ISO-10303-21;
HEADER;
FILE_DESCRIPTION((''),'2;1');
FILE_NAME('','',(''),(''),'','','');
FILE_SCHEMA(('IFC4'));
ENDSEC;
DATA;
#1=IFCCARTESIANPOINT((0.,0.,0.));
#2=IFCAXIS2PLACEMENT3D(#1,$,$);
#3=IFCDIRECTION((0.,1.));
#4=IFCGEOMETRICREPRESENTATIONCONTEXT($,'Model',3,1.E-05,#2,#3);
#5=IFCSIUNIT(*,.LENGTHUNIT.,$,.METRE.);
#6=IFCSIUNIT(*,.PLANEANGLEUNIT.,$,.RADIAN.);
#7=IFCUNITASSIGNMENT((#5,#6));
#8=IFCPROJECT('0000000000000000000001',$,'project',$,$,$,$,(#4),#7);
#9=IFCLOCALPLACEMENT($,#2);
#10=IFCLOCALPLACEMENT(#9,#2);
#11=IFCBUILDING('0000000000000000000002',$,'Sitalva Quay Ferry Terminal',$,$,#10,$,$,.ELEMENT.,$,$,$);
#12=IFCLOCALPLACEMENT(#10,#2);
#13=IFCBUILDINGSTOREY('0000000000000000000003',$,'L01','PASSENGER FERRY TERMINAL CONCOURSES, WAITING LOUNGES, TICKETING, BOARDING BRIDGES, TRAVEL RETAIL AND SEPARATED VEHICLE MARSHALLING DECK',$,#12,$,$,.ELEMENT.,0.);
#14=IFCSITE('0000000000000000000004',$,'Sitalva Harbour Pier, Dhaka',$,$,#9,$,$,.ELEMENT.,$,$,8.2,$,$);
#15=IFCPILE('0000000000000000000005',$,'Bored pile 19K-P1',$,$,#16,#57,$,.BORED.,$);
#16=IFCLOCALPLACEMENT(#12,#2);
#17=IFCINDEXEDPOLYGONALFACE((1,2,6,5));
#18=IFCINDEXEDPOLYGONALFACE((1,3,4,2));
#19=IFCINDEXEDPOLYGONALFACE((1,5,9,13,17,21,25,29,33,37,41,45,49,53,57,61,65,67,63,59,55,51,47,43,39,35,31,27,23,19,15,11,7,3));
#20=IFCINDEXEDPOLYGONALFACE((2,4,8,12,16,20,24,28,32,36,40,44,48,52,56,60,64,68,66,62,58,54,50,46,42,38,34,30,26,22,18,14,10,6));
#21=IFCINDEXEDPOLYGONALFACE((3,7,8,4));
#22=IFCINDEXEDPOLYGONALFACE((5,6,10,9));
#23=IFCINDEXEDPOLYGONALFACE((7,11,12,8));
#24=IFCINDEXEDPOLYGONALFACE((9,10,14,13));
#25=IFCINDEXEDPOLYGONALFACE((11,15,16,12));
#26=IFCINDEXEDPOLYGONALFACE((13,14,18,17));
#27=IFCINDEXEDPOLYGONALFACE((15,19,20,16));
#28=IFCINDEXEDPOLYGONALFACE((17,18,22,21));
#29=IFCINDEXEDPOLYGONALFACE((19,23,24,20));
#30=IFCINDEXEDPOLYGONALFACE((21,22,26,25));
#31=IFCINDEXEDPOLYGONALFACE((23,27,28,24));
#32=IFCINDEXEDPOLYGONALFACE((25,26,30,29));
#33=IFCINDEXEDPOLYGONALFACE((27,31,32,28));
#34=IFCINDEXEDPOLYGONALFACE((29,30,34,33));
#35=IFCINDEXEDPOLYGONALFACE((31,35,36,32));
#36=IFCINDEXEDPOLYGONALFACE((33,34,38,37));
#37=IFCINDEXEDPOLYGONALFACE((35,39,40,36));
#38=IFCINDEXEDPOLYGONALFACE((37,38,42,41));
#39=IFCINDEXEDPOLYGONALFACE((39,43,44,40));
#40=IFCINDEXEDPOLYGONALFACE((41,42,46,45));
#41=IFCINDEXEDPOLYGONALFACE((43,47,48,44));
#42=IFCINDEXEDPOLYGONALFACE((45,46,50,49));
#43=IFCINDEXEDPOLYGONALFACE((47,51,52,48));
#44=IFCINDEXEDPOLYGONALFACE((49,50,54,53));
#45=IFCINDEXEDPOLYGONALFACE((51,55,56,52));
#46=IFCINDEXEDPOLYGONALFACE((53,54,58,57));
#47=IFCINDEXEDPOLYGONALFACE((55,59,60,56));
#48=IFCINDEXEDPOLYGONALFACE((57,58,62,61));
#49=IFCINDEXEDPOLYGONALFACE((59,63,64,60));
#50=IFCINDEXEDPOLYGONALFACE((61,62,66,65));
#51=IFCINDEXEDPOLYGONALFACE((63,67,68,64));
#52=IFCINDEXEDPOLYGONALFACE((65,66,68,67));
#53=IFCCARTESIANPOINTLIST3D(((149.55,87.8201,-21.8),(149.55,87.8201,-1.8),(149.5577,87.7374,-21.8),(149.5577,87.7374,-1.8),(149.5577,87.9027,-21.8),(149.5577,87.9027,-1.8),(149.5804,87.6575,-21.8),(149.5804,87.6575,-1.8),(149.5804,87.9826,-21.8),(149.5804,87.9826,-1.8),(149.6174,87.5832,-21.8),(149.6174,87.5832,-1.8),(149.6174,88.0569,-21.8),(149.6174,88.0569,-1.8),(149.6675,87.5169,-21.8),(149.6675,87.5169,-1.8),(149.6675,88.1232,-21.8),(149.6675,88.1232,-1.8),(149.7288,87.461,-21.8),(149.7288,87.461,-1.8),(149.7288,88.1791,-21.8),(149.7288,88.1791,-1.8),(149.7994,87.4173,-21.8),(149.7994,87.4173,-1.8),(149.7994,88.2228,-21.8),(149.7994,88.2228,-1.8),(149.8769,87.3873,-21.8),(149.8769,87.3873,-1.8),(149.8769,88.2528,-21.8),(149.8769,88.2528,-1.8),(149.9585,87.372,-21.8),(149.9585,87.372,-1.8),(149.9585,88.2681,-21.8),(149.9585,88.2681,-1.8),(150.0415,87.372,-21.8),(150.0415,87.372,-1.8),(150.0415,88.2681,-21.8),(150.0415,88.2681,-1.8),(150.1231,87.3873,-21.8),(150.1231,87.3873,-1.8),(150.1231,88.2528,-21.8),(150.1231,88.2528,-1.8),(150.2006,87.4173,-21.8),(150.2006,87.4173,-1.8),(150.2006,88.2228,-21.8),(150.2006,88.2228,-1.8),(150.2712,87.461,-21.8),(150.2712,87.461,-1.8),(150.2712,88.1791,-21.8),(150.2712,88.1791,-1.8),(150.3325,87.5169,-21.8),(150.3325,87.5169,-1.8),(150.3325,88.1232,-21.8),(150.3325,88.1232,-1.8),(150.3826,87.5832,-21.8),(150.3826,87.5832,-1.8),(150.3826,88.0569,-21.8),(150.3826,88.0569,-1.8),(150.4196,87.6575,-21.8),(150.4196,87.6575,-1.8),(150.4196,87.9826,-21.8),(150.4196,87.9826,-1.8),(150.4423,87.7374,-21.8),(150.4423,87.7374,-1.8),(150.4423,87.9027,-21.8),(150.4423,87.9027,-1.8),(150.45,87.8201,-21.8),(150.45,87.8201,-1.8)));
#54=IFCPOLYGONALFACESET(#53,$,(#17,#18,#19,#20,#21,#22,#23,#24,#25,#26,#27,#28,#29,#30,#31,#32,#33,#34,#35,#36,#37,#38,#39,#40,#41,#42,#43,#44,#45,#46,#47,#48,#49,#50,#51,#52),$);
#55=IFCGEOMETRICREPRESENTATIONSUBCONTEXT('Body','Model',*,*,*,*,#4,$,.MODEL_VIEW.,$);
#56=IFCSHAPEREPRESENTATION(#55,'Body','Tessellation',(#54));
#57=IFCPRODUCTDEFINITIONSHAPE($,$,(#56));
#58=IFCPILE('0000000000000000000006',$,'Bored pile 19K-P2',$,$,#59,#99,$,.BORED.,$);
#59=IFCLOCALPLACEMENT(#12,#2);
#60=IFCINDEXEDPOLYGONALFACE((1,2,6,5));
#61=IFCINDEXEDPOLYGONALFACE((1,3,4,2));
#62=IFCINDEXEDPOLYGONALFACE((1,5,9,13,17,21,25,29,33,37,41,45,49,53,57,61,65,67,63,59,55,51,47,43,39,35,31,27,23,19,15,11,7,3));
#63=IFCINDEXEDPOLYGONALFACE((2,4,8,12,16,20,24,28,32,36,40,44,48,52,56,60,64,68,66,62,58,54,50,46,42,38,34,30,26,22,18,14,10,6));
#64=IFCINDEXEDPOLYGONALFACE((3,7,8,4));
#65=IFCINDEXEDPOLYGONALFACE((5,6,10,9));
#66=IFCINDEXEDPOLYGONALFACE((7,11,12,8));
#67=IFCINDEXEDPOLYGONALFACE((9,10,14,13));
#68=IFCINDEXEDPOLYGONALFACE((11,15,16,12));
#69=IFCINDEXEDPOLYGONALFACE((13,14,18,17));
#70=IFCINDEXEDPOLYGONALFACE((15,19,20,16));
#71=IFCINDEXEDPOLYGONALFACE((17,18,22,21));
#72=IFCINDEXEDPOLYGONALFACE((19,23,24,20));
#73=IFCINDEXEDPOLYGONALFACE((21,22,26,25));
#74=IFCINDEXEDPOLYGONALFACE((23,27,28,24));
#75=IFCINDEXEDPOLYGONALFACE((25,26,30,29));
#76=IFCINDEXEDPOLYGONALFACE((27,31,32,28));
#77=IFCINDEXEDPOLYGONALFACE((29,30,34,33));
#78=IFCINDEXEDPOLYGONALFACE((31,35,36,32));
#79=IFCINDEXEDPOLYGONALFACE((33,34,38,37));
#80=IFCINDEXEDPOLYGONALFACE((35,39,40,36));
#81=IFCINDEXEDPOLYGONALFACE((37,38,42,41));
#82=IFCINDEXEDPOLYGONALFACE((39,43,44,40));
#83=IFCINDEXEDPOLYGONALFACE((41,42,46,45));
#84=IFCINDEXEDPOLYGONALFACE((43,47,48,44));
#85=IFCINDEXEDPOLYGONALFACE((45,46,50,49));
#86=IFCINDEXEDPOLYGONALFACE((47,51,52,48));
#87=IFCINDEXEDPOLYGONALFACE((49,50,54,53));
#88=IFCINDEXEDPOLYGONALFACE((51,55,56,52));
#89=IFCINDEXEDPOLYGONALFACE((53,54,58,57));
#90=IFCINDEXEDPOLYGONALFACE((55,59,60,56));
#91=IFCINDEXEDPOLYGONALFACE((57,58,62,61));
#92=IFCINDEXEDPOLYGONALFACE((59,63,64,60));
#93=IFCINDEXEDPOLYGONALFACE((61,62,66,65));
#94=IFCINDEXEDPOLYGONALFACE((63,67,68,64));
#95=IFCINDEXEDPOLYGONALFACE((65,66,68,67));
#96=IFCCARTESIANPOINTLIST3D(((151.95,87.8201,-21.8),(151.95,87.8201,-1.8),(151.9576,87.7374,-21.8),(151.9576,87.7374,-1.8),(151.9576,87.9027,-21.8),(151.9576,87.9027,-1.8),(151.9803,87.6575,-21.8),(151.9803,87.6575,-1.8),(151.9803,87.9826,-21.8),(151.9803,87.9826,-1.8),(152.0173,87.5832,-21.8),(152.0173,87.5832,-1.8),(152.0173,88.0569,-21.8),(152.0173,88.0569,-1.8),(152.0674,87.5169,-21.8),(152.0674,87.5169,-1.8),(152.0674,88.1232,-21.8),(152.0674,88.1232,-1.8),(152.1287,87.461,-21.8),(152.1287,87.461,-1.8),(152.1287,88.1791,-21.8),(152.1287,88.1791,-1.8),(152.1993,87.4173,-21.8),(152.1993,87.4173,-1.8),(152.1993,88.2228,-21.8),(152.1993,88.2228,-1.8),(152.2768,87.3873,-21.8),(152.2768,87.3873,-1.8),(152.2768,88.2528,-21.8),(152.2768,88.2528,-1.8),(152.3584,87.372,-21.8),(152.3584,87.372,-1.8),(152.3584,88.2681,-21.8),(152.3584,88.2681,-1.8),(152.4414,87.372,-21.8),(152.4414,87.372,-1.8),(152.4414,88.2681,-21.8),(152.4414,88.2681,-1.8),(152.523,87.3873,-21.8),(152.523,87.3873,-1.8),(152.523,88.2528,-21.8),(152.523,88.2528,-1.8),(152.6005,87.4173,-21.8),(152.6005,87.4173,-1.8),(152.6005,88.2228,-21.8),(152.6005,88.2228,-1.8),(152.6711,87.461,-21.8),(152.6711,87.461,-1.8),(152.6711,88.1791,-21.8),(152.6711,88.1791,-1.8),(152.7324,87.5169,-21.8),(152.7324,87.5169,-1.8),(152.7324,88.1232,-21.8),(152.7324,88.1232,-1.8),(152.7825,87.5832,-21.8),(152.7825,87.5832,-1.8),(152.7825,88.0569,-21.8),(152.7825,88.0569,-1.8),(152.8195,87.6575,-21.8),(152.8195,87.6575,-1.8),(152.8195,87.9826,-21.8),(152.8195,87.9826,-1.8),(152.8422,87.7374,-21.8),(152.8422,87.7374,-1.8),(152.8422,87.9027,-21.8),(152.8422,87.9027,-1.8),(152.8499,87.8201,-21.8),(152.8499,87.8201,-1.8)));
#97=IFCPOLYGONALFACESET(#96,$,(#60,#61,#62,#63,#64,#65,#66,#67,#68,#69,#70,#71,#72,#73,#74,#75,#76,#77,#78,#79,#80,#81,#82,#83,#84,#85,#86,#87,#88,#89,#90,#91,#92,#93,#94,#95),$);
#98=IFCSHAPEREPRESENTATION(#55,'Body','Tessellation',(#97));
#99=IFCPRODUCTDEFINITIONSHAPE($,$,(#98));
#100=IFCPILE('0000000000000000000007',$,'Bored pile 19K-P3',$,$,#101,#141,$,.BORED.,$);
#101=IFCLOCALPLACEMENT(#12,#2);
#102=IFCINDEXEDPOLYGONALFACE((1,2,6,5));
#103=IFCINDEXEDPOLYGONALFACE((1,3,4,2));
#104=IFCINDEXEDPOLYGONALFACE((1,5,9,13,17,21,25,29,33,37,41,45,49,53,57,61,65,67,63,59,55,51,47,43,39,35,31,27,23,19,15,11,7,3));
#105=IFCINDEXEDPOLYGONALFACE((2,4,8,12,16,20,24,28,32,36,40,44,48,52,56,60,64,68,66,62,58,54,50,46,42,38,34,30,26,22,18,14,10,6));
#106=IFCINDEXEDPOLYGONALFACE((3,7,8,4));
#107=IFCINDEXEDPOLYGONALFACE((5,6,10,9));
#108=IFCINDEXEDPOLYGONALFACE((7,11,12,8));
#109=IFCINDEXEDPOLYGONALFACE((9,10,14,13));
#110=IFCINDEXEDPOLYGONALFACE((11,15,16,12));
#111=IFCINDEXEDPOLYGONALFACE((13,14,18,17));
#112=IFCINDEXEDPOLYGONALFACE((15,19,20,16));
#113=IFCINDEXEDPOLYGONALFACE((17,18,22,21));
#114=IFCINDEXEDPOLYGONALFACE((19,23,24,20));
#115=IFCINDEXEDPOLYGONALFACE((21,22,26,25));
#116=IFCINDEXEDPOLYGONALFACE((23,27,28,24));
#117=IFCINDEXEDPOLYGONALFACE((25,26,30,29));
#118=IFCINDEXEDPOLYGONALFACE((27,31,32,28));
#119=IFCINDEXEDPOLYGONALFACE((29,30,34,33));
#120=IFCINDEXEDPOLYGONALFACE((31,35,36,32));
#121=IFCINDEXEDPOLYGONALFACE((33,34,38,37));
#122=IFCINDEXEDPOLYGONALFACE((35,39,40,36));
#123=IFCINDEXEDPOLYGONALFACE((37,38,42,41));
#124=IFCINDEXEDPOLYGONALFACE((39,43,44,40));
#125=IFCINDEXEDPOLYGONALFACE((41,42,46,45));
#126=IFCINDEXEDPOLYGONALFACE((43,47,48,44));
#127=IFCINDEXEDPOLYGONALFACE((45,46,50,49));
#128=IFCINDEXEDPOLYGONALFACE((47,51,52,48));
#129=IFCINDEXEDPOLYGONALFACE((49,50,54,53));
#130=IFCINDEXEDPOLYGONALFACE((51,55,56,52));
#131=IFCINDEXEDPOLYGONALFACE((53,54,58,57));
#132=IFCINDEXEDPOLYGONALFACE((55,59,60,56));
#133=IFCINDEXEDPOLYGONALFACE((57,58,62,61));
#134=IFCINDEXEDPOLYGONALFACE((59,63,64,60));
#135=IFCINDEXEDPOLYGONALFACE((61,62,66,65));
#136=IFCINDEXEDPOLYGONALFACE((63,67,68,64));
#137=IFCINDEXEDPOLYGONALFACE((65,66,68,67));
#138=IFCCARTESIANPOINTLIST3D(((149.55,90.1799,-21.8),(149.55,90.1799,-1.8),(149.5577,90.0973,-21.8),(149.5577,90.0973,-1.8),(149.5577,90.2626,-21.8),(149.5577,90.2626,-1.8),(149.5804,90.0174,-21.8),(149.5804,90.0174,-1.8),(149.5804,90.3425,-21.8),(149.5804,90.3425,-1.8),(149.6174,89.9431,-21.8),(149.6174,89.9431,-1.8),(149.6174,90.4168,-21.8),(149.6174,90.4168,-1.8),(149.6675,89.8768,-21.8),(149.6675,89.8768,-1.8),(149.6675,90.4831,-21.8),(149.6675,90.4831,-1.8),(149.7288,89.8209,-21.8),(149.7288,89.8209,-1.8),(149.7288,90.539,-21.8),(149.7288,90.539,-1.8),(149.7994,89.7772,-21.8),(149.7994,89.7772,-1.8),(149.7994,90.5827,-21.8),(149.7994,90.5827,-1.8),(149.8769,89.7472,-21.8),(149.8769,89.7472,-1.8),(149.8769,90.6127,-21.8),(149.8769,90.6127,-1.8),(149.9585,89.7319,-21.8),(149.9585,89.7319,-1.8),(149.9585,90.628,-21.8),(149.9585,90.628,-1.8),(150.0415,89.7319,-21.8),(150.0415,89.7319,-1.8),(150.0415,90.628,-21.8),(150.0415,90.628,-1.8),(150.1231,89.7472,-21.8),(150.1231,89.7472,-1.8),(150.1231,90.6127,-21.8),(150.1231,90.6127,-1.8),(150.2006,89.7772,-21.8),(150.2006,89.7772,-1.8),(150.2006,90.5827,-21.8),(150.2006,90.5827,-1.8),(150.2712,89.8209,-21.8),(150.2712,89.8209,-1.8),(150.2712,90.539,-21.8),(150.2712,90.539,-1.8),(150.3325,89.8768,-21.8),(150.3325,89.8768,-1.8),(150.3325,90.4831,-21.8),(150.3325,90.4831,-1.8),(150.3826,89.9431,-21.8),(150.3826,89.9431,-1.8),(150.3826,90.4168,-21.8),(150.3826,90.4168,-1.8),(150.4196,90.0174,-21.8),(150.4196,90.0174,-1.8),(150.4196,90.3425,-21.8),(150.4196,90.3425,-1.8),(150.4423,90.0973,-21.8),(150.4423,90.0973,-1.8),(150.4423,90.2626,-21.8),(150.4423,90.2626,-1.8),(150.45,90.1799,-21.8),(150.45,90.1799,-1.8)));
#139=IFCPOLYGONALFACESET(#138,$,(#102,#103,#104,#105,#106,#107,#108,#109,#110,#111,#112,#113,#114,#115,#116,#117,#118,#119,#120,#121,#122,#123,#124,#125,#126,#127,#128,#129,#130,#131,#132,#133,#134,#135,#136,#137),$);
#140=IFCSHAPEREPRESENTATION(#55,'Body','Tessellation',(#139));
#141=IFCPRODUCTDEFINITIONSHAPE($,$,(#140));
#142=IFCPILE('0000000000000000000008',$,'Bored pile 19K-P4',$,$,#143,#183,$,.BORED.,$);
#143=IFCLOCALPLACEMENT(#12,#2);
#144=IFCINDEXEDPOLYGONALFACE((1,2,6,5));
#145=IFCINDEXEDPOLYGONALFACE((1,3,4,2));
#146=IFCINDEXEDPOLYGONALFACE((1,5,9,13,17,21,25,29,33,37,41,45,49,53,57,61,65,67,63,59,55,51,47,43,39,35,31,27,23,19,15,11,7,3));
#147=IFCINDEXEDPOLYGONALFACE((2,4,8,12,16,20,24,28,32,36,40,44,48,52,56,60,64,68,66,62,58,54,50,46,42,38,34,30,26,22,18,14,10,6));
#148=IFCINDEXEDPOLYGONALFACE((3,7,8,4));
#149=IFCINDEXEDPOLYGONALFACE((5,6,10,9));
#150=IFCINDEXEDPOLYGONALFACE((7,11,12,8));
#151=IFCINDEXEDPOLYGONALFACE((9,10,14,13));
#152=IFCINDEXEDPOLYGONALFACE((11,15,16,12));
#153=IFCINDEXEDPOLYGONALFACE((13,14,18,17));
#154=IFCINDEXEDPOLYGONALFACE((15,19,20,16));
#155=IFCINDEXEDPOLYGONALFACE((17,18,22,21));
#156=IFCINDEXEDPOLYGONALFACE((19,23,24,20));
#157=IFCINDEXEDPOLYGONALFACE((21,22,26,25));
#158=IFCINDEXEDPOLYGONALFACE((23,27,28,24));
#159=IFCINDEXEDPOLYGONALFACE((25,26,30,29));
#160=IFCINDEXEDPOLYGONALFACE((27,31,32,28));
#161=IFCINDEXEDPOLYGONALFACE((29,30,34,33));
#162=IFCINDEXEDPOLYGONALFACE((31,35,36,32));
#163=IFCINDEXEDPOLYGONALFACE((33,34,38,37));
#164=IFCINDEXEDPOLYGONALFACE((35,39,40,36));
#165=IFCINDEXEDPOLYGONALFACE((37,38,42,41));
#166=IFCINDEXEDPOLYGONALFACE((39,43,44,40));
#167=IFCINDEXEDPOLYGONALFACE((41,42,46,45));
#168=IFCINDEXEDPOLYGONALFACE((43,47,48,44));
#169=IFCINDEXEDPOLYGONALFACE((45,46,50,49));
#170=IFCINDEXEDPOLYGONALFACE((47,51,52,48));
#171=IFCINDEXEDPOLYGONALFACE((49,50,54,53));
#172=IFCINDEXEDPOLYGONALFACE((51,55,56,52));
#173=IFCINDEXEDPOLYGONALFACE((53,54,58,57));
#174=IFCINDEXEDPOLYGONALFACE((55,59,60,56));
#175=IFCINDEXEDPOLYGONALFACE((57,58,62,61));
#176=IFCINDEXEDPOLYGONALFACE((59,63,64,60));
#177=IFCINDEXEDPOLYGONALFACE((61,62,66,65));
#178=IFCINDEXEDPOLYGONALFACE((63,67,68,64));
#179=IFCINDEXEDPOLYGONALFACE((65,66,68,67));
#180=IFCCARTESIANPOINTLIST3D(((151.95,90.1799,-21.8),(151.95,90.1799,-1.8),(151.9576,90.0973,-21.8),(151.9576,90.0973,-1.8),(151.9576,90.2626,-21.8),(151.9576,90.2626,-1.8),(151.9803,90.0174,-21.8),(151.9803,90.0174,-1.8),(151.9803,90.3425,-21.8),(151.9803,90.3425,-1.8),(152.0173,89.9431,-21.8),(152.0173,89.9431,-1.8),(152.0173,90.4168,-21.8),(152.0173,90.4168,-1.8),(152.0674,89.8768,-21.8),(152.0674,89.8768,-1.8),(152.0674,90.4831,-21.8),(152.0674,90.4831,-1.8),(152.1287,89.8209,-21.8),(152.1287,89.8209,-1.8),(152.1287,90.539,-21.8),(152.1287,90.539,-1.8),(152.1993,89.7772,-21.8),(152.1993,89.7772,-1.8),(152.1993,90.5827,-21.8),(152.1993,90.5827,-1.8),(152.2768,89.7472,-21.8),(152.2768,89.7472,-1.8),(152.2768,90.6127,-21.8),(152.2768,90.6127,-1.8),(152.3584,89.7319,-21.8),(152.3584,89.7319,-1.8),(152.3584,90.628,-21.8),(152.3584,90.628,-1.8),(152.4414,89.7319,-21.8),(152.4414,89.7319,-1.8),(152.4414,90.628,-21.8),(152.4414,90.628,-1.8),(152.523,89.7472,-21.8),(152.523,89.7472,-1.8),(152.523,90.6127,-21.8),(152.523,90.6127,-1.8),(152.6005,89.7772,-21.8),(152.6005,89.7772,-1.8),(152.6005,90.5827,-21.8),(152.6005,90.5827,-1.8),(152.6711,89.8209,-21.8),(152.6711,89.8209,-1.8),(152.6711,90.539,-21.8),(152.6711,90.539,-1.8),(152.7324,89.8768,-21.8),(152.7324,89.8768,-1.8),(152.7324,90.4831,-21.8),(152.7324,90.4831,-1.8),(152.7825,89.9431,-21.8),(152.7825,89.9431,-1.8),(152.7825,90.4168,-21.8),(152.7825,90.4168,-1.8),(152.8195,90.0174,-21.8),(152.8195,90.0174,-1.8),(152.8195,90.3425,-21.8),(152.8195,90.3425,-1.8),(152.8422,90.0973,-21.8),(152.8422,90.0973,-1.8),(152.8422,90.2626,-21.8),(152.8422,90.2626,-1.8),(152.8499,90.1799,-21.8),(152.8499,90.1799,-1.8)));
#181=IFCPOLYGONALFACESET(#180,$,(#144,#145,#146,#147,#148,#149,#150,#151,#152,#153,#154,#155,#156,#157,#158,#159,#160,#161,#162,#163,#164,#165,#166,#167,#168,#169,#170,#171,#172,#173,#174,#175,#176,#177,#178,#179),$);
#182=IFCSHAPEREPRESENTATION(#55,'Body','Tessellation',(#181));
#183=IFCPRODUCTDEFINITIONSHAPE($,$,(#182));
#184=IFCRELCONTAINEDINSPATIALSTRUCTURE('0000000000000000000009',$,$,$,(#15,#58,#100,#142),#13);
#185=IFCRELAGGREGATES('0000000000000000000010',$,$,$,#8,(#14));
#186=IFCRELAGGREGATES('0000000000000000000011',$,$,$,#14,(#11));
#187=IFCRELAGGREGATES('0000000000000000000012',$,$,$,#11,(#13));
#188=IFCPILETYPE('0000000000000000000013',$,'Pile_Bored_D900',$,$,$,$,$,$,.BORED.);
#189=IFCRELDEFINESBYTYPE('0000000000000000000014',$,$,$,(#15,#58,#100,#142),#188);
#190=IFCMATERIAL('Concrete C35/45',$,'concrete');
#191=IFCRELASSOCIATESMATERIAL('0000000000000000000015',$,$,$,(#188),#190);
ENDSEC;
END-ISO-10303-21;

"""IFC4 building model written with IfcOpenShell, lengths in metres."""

from ifc_helpers import new_model, si_unit, direction, frame, origin, origin_2d, place, context, subcontext, project, spatial, circle, extrude, material, material_profile, profile_set, type_object, element, save


model = new_model("IFC4")

# Units and contexts
model_context = context("Model", 3, precision=1e-05, world=origin(), true_north=direction((0.0, 1.0)))
body_context = subcontext(model_context, "Body", "Model", "MODEL_VIEW")
ifc_project = project(units=[si_unit("LENGTHUNIT", "METRE"), si_unit("PLANEANGLEUNIT", "RADIAN")], contexts=[model_context])

# Site, building, storey
site_placement = place(None, origin())
site = spatial("IfcSite", under=ifc_project, at=site_placement, Name="Sitalva Harbour Pier, Dhaka", CompositionType="ELEMENT", RefElevation=8.2)
building_placement = place(site_placement, origin())
building = spatial("IfcBuilding", under=site, at=building_placement, Name="Sitalva Quay Ferry Terminal", CompositionType="ELEMENT")
storey_placement = place(building_placement, origin())
storey = spatial("IfcBuildingStorey", under=building, at=storey_placement, Name="L01", Description="PASSENGER FERRY TERMINAL CONCOURSES, WAITING LOUNGES, TICKETING, BOARDING BRIDGES, TRAVEL RETAIL AND SEPARATED VEHICLE MARSHALLING DECK", CompositionType="ELEMENT", Elevation=0.0)

# Piles
ifc_material_1 = material(Name="Concrete C35/45", Category="concrete")
ifc_material_profile_1 = material_profile(ifc_material_1, circle(Radius=0.45, at=origin_2d()), Name="PILE-D900")
ifc_profile_set_1 = profile_set([ifc_material_profile_1], Name="Concrete C35/45")
pile_type = type_object("IfcPileType", Name="Pile_Bored_D900", PredefinedType="BORED", material=ifc_profile_set_1)
for number, where, z_axis, x_axis, name in (
    (1, (150.0, 87.8201, -1.8), (0.0, 0.0, -1.0), (1.0, 0.0, 0.0), "Bored pile 19K-P1"),
    (2, (152.3999, 87.8201, -1.8), (0.0, 0.0, -1.0), (1.0, 0.0, 0.0), "Bored pile 19K-P2"),
    (3, (150.0, 90.1799, -1.8), (0.0, 0.0, -1.0), (1.0, 0.0, 0.0), "Bored pile 19K-P3"),
    (4, (152.3999, 90.1799, -1.8), (0.0, 0.0, -1.0), (1.0, 0.0, 0.0), "Bored pile 19K-P4"),
):
    element("IfcPile", number, at=place(storey_placement, frame(where, z_axis=z_axis, x_axis=x_axis)), inside=storey, type_object=pile_type, Name=name, PredefinedType="BORED", context=body_context, shape_type="SweptSolid", body=[
        extrude(circle(Radius=0.45, at=origin_2d()), origin(), (0.0, 0.0, 1.0), 20.0),
    ])

save(model, "model.ifc")
